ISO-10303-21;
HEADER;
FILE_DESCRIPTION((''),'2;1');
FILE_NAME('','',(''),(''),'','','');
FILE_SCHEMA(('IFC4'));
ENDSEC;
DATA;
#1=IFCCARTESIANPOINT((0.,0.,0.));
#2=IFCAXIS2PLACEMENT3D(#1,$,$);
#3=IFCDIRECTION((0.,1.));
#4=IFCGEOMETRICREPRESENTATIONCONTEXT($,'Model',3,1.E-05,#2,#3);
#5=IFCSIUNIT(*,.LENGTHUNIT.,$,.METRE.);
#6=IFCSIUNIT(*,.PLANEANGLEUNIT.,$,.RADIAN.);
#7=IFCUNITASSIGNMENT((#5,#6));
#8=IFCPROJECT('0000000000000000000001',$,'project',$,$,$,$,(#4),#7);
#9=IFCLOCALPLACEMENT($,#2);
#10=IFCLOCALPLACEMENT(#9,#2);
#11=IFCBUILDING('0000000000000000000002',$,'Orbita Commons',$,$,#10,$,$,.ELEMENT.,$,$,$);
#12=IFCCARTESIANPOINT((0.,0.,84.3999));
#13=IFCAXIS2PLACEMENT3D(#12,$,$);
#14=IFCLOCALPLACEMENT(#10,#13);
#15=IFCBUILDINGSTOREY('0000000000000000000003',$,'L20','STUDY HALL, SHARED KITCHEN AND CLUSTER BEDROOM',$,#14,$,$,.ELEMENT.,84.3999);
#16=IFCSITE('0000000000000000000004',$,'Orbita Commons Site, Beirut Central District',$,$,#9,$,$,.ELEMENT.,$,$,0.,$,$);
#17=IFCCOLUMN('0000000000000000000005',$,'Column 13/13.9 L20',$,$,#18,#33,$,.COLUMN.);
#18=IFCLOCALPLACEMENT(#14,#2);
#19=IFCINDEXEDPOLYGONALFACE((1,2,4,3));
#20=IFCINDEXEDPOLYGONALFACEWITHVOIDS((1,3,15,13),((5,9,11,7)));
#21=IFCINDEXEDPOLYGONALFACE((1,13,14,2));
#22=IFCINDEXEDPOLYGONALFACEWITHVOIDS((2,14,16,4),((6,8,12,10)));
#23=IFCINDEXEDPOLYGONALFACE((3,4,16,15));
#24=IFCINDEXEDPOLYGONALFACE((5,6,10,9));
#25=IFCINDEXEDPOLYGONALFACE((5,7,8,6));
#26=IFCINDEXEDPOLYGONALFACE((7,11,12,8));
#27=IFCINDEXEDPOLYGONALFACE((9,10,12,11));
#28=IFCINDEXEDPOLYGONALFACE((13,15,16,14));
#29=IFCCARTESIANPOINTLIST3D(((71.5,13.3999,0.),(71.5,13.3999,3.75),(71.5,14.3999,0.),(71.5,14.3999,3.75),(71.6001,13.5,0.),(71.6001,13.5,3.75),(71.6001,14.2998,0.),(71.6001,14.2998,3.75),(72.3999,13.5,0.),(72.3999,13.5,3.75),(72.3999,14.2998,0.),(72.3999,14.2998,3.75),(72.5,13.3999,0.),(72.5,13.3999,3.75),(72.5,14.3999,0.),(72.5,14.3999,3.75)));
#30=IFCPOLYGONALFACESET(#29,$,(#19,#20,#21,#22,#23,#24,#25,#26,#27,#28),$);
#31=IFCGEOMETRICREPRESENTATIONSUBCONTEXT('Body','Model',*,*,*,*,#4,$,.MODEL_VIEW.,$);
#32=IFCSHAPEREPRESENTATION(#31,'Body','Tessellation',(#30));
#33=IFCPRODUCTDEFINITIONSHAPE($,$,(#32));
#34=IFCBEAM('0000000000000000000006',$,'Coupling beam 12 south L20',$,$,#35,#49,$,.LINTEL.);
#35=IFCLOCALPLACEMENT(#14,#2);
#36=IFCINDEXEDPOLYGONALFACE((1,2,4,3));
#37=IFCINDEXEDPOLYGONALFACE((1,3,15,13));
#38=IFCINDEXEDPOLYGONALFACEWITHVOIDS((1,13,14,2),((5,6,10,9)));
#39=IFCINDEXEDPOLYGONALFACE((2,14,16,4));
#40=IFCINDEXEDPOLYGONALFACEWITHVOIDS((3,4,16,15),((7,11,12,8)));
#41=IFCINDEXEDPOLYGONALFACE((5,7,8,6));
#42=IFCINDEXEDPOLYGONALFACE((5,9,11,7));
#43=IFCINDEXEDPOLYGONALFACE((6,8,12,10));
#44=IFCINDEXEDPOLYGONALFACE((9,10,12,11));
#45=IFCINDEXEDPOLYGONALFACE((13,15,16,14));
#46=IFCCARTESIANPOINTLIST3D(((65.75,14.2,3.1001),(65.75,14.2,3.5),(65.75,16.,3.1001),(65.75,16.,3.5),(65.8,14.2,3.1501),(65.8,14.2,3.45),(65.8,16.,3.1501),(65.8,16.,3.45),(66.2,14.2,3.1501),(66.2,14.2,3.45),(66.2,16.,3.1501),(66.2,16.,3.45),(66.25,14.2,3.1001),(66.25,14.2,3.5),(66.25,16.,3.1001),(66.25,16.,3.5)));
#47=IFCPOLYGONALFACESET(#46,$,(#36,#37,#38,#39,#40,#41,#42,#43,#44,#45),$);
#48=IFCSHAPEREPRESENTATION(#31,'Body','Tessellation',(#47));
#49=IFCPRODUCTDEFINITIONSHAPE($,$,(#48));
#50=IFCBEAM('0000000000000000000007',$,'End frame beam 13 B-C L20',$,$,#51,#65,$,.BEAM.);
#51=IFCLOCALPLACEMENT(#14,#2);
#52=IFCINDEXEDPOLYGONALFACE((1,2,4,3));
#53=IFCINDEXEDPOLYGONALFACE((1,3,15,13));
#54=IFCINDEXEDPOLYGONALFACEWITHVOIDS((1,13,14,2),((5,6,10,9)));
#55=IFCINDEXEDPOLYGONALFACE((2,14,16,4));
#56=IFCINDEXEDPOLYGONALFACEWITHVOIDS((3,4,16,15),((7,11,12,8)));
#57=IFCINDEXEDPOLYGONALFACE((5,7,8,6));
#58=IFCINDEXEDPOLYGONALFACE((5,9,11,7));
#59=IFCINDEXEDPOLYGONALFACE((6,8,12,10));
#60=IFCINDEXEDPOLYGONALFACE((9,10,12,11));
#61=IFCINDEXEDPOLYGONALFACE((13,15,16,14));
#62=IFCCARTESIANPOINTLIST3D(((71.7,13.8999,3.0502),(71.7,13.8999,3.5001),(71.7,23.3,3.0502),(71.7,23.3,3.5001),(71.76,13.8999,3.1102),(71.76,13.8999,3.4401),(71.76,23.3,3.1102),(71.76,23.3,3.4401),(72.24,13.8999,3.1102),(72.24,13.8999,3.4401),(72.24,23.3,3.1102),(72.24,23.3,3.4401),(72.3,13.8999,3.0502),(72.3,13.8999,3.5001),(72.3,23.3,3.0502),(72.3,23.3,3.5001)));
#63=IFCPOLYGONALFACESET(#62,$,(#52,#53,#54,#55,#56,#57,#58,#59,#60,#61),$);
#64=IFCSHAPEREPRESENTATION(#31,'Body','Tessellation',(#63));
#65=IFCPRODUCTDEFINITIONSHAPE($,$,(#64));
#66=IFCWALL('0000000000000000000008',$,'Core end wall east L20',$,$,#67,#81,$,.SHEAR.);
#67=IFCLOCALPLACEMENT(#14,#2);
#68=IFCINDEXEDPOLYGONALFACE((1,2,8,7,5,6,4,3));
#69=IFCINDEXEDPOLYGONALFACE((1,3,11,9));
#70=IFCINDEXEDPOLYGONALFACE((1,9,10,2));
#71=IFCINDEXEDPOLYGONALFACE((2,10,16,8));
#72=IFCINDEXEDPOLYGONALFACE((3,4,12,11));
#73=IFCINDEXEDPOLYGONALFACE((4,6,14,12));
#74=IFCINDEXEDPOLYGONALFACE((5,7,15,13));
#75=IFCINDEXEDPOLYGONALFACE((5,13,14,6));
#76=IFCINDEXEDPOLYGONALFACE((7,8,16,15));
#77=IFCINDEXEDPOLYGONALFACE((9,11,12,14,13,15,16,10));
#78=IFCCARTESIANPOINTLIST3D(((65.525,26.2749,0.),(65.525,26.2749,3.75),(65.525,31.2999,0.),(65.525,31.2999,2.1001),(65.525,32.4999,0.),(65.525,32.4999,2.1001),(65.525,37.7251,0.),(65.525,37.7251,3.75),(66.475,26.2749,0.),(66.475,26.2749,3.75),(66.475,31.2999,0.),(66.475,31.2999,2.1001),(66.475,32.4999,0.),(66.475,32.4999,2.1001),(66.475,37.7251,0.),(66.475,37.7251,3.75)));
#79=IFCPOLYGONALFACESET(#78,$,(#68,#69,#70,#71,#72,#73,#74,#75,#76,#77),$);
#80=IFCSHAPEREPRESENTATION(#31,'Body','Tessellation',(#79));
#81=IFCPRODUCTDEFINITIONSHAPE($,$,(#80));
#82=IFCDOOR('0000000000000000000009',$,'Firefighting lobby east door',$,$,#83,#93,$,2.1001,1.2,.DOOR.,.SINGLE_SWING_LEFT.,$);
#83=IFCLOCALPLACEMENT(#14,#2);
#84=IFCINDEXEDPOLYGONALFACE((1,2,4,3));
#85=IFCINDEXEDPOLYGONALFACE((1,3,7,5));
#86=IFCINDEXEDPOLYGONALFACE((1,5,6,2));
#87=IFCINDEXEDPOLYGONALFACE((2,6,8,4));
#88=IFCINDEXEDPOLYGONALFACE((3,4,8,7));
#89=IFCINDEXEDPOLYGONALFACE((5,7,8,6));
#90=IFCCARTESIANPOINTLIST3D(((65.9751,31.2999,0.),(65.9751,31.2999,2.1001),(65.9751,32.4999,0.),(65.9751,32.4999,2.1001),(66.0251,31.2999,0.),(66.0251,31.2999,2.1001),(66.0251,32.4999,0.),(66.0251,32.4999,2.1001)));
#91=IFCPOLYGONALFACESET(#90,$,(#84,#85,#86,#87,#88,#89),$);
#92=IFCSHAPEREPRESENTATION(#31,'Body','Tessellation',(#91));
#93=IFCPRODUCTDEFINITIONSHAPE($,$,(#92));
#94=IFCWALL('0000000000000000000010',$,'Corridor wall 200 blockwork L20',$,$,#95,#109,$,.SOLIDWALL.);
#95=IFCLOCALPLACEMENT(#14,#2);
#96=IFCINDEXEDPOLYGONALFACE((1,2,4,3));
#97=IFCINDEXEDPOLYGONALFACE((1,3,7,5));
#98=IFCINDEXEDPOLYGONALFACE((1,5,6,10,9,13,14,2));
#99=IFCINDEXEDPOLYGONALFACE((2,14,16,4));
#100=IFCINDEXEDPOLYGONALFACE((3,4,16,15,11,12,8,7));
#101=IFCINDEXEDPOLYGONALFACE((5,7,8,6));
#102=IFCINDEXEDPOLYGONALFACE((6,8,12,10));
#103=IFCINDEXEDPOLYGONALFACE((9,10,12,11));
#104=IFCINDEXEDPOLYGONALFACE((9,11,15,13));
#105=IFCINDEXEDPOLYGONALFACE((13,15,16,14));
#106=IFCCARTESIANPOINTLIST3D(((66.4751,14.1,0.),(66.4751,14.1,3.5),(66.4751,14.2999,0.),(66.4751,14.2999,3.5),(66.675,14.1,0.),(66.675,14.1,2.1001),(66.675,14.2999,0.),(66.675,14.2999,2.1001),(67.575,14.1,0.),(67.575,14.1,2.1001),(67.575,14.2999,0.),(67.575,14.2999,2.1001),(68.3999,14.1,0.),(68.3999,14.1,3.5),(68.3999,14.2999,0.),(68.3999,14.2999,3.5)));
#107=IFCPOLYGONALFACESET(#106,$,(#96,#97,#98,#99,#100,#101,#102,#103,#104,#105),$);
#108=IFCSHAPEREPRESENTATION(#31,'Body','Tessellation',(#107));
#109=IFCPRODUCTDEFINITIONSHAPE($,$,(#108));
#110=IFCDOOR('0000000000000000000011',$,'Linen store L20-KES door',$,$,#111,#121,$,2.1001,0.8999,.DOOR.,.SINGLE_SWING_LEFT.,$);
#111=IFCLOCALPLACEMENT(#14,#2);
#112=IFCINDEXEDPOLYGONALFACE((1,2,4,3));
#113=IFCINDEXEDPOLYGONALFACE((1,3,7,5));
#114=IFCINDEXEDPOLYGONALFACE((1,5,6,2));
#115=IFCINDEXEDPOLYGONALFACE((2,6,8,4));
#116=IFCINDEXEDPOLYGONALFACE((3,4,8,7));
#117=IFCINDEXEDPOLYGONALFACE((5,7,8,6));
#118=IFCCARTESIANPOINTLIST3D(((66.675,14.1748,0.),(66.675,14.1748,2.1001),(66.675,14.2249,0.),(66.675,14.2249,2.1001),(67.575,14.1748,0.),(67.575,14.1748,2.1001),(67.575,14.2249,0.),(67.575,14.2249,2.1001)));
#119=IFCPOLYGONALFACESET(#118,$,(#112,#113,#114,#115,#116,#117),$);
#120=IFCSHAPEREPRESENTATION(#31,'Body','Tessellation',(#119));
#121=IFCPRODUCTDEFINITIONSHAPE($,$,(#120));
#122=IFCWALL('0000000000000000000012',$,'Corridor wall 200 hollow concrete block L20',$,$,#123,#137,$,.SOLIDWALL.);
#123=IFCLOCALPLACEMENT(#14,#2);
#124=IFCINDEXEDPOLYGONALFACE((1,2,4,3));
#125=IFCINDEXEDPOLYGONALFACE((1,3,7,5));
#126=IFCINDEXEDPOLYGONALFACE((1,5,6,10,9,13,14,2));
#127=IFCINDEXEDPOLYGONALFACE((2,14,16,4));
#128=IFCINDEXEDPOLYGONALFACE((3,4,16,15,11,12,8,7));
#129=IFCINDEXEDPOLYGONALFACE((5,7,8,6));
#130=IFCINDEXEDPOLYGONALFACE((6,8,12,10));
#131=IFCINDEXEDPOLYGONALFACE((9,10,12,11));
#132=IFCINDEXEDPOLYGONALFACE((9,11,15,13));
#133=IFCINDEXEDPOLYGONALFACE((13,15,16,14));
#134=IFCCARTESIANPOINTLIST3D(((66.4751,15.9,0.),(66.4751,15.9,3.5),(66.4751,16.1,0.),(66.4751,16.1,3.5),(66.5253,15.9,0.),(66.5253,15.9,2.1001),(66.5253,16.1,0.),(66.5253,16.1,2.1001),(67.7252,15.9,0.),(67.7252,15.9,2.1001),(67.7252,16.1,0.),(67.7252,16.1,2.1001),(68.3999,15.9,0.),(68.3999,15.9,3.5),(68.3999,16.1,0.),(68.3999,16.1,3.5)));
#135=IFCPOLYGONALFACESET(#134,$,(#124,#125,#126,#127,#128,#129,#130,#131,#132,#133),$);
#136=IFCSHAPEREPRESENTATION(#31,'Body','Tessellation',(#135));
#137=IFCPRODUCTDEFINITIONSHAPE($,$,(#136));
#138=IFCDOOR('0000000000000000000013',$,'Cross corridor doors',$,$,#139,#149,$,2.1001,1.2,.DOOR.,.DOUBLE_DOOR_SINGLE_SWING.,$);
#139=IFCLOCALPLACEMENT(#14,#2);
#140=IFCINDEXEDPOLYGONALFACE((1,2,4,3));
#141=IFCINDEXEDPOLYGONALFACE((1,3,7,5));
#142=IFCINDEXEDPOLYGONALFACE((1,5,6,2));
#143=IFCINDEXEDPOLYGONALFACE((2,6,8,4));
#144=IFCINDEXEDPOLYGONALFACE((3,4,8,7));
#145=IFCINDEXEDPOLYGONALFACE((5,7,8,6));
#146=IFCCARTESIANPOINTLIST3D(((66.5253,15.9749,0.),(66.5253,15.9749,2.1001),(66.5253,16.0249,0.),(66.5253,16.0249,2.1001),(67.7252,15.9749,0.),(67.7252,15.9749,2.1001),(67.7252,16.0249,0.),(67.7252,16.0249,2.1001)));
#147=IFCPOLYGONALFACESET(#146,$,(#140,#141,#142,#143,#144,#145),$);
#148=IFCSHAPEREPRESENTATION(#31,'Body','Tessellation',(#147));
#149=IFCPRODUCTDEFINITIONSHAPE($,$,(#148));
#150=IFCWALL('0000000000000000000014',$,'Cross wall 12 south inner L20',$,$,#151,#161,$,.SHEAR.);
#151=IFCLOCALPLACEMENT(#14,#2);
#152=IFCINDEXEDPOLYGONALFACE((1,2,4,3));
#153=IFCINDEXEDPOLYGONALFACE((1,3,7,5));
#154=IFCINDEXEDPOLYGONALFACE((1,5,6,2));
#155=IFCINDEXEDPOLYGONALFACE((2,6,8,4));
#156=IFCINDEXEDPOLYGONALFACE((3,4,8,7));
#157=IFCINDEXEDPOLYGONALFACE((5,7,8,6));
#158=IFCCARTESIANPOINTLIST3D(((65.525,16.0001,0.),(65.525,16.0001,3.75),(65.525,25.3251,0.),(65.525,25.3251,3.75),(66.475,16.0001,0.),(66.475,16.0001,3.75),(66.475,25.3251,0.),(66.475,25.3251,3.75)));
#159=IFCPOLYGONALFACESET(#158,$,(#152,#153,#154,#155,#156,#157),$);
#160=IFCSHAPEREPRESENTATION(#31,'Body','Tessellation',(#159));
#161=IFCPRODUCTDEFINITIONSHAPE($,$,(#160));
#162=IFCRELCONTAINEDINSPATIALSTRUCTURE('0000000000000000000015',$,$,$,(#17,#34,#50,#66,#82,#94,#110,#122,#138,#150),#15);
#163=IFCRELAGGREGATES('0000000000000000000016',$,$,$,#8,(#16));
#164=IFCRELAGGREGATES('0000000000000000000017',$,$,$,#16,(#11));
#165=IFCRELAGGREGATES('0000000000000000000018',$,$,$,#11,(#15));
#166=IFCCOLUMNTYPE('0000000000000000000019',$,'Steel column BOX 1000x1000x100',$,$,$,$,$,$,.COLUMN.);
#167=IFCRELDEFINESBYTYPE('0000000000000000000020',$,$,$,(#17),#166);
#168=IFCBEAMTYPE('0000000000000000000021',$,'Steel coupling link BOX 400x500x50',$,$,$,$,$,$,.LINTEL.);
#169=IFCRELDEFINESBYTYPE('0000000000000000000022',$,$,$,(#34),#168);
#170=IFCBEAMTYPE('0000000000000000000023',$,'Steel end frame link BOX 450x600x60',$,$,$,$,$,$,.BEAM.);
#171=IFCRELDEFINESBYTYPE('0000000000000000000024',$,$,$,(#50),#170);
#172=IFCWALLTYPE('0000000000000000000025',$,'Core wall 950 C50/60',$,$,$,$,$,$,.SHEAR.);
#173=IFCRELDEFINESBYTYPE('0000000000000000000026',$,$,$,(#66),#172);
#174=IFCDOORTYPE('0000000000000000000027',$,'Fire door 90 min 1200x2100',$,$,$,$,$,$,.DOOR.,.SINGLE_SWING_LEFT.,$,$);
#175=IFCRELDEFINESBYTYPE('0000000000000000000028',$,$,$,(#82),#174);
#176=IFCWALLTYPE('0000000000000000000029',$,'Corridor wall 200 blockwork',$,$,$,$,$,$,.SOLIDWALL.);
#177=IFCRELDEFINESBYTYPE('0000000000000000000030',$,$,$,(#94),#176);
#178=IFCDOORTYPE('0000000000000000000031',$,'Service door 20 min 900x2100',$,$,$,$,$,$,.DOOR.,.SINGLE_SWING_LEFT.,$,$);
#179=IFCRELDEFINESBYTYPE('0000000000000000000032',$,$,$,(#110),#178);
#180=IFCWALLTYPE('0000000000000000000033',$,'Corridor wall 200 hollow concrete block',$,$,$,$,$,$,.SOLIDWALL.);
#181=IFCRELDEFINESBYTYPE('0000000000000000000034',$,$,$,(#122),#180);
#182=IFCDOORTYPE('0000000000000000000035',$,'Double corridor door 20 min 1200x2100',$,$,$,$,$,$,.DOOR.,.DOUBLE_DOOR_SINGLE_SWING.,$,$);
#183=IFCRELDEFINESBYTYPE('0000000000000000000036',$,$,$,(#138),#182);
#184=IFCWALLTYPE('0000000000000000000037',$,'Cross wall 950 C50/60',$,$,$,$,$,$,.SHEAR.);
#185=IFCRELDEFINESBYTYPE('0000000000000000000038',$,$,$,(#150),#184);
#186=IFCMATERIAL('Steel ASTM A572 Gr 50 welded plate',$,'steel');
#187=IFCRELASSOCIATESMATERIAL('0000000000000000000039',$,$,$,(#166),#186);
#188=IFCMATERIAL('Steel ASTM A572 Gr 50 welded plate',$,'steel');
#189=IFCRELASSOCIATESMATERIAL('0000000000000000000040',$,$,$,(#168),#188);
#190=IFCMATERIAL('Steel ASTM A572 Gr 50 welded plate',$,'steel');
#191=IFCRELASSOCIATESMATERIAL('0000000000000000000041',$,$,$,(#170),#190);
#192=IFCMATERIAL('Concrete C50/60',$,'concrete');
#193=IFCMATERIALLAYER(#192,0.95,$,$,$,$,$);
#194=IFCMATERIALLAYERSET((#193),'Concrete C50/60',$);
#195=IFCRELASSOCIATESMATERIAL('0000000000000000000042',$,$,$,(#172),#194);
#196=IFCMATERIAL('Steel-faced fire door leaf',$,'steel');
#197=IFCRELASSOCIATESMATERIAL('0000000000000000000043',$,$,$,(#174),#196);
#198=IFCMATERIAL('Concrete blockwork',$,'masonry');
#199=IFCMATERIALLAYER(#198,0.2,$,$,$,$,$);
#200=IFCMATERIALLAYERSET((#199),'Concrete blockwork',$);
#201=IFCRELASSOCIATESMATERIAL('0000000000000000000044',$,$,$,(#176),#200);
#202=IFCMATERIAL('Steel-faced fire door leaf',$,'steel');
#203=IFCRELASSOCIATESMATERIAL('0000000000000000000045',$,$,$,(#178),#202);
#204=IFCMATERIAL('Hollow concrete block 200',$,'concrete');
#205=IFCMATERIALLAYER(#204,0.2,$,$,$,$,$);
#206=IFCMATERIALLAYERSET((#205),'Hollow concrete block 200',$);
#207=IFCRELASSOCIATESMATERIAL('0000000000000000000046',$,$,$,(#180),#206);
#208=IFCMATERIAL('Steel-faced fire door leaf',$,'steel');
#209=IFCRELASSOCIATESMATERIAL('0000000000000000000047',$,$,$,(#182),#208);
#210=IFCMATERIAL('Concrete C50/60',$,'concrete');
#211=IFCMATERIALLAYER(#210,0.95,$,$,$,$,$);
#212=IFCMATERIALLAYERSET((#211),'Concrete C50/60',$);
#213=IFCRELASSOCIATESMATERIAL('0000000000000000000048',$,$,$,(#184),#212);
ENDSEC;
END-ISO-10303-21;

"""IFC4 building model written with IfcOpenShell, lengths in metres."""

from ifc_helpers import new_model, si_unit, direction, frame, frame_2d, origin, origin_2d, place, context, subcontext, project, spatial, rectangle, hollow_rectangle, extrude, material, layer, layer_set, material_profile, profile_set, type_object, element, fill, save


model = new_model("IFC4")

# Units and contexts
model_context = context("Model", 3, precision=1e-05, world=origin(), true_north=direction((0.0, 1.0)))
body_context = subcontext(model_context, "Body", "Model", "MODEL_VIEW")
ifc_project = project(units=[si_unit("LENGTHUNIT", "METRE"), si_unit("PLANEANGLEUNIT", "RADIAN")], contexts=[model_context])

# Site, building, storey
site_placement = place(None, origin())
site = spatial("IfcSite", under=ifc_project, at=site_placement, Name="Orbita Commons Site, Beirut Central District", CompositionType="ELEMENT", RefElevation=0.0)
building_placement = place(site_placement, origin())
building = spatial("IfcBuilding", under=site, at=building_placement, Name="Orbita Commons", CompositionType="ELEMENT")
storey_placement = place(building_placement, frame((0.0, 0.0, 84.3999)))
storey = spatial("IfcBuildingStorey", under=building, at=storey_placement, Name="L20", Description="STUDY HALL, SHARED KITCHEN AND CLUSTER BEDROOM", CompositionType="ELEMENT", Elevation=84.3999)

# Column
ifc_material_1 = material(Name="Steel ASTM A572 Gr 50 welded plate", Category="steel")
ifc_material_profile_1 = material_profile(ifc_material_1, hollow_rectangle(XDim=1.0, YDim=1.0, WallThickness=0.1001, at=origin_2d()), Name="BOX 1000x1000x100")
ifc_profile_set_1 = profile_set([ifc_material_profile_1], Name="Steel ASTM A572 Gr 50 welded plate")
column_type = type_object("IfcColumnType", Name="Steel column BOX 1000x1000x100", PredefinedType="COLUMN", material=ifc_profile_set_1)
column_placement = place(storey_placement, frame((72.0, 13.8999, 0.0), z_axis=(0.0, 0.0, 1.0), x_axis=(1.0, 0.0, 0.0)))
element("IfcColumn", 1, at=column_placement, inside=storey, type_object=column_type, Name="Column 13/13.9 L20", PredefinedType="COLUMN", context=body_context, shape_type="SweptSolid", body=[
    extrude(hollow_rectangle(XDim=1.0, YDim=1.0, WallThickness=0.1001, at=origin_2d()), origin(), (0.0, 0.0, 1.0), 3.75),
])

# Beams
ifc_material_2 = material(Name="Steel ASTM A572 Gr 50 welded plate", Category="steel")
ifc_material_profile_2 = material_profile(ifc_material_2, hollow_rectangle(XDim=0.5, YDim=0.3999, WallThickness=0.05, at=origin_2d()), Name="BOX 400x500x50")
ifc_profile_set_2 = profile_set([ifc_material_profile_2], Name="Steel ASTM A572 Gr 50 welded plate")
beam_type_1 = type_object("IfcBeamType", Name="Steel coupling link BOX 400x500x50", PredefinedType="LINTEL", material=ifc_profile_set_2)
beam_1_placement = place(storey_placement, frame((66.0, 14.2, 3.3), z_axis=(0.0, 1.0, 0.0), x_axis=(-1.0, 0.0, 0.0)))
element("IfcBeam", 2, at=beam_1_placement, inside=storey, type_object=beam_type_1, Name="Coupling beam 12 south L20", PredefinedType="LINTEL", context=body_context, shape_type="SweptSolid", body=[
    extrude(hollow_rectangle(XDim=0.5, YDim=0.3999, WallThickness=0.05, at=origin_2d()), origin(), (0.0, 0.0, 1.0), 1.8),
])
ifc_material_3 = material(Name="Steel ASTM A572 Gr 50 welded plate", Category="steel")
ifc_material_profile_3 = material_profile(ifc_material_3, hollow_rectangle(XDim=0.6001, YDim=0.45, WallThickness=0.0601, at=origin_2d()), Name="BOX 450x600x60")
ifc_profile_set_3 = profile_set([ifc_material_profile_3], Name="Steel ASTM A572 Gr 50 welded plate")
beam_type_2 = type_object("IfcBeamType", Name="Steel end frame link BOX 450x600x60", PredefinedType="BEAM", material=ifc_profile_set_3)
beam_2_placement = place(storey_placement, frame((72.0, 13.8999, 3.2751), z_axis=(0.0, 1.0, 0.0), x_axis=(-1.0, 0.0, 0.0)))
element("IfcBeam", 3, at=beam_2_placement, inside=storey, type_object=beam_type_2, Name="End frame beam 13 B-C L20", PredefinedType="BEAM", context=body_context, shape_type="SweptSolid", body=[
    extrude(hollow_rectangle(XDim=0.6001, YDim=0.45, WallThickness=0.0601, at=origin_2d()), origin(), (0.0, 0.0, 1.0), 9.4001),
])

# Walls, openings, doors
ifc_material_4 = material(Name="Concrete C50/60", Category="concrete")
ifc_layer_1 = layer(ifc_material_4, 0.95)
ifc_layer_set_1 = layer_set([ifc_layer_1], Name="Concrete C50/60")
wall_type_1 = type_object("IfcWallType", Name="Core wall 950 C50/60", PredefinedType="SHEAR", material=ifc_layer_set_1)
wall_1_placement = place(storey_placement, frame((66.0, 26.2749, 0.0), z_axis=(0.0, 0.0, 1.0), x_axis=(0.0, 1.0, 0.0)))
wall_1 = element("IfcWall", 4, at=wall_1_placement, inside=storey, type_object=wall_type_1, Name="Core end wall east L20", PredefinedType="SHEAR", context=body_context, shape_type="SweptSolid", body=[
    extrude(rectangle(XDim=11.4502, YDim=0.95, at=frame_2d((5.7251, 0.0))), origin(), (0.0, 0.0, 1.0), 3.75),
])
opening_1_placement = place(wall_1_placement, frame((5.0249, 0.0, 0.0)))
opening_1 = element("IfcOpeningElement", 5, at=opening_1_placement, cuts=wall_1, PredefinedType="OPENING", context=body_context, shape_type="SweptSolid", body=[
    extrude(rectangle(XDim=1.2, YDim=2.1001, at=frame_2d((0.6001, 1.05))), frame((0.0, 0.4849, 0.0), z_axis=(0.0, -1.0, 0.0), x_axis=(1.0, 0.0, 0.0)), (0.0, 0.0, 1.0), 0.97),
])
ifc_material_5 = material(Name="Steel-faced fire door leaf", Category="steel")
door_type_1 = type_object("IfcDoorType", Name="Fire door 90 min 1200x2100", OperationType="SINGLE_SWING_LEFT", PredefinedType="DOOR", material=ifc_material_5)
door_1_placement = place(opening_1_placement, origin())
door_1 = element("IfcDoor", 6, at=door_1_placement, inside=storey, type_object=door_type_1, Name="Firefighting lobby east door", OperationType="SINGLE_SWING_LEFT", OverallHeight=2.1001, OverallWidth=1.2, PredefinedType="DOOR", context=body_context, shape_type="SweptSolid", body=[
    extrude(rectangle(XDim=1.2, YDim=2.1001, at=frame_2d((0.6001, 1.05))), frame((0.0, 0.0249, 0.0), z_axis=(0.0, -1.0, 0.0), x_axis=(1.0, 0.0, 0.0)), (0.0, 0.0, 1.0), 0.05),
])
fill(opening_1, door_1)
ifc_material_6 = material(Name="Concrete blockwork", Category="masonry")
ifc_layer_2 = layer(ifc_material_6, 0.2)
ifc_layer_set_2 = layer_set([ifc_layer_2], Name="Concrete blockwork")
wall_type_2 = type_object("IfcWallType", Name="Corridor wall 200 blockwork", PredefinedType="SOLIDWALL", material=ifc_layer_set_2)
wall_2_placement = place(storey_placement, frame((66.4751, 14.2, 0.0), z_axis=(0.0, 0.0, 1.0), x_axis=(1.0, 0.0, 0.0)))
wall_2 = element("IfcWall", 7, at=wall_2_placement, inside=storey, type_object=wall_type_2, Name="Corridor wall 200 blockwork L20", PredefinedType="SOLIDWALL", context=body_context, shape_type="SweptSolid", body=[
    extrude(rectangle(XDim=1.9248, YDim=0.2, at=frame_2d((0.9624, 0.0))), origin(), (0.0, 0.0, 1.0), 3.5),
])
opening_2_placement = place(wall_2_placement, frame((0.2, 0.0, 0.0)))
opening_2 = element("IfcOpeningElement", 8, at=opening_2_placement, cuts=wall_2, PredefinedType="OPENING", context=body_context, shape_type="SweptSolid", body=[
    extrude(rectangle(XDim=0.8999, YDim=2.1001, at=frame_2d((0.45, 1.05))), frame((0.0, 0.1099, 0.0), z_axis=(0.0, -1.0, 0.0), x_axis=(1.0, 0.0, 0.0)), (0.0, 0.0, 1.0), 0.22),
])
ifc_material_7 = material(Name="Steel-faced fire door leaf", Category="steel")
door_type_2 = type_object("IfcDoorType", Name="Service door 20 min 900x2100", OperationType="SINGLE_SWING_LEFT", PredefinedType="DOOR", material=ifc_material_7)
door_2_placement = place(opening_2_placement, origin())
door_2 = element("IfcDoor", 9, at=door_2_placement, inside=storey, type_object=door_type_2, Name="Linen store L20-KES door", OperationType="SINGLE_SWING_LEFT", OverallHeight=2.1001, OverallWidth=0.8999, PredefinedType="DOOR", context=body_context, shape_type="SweptSolid", body=[
    extrude(rectangle(XDim=0.8999, YDim=2.1001, at=frame_2d((0.45, 1.05))), frame((0.0, 0.0249, 0.0), z_axis=(0.0, -1.0, 0.0), x_axis=(1.0, 0.0, 0.0)), (0.0, 0.0, 1.0), 0.05),
])
fill(opening_2, door_2)
ifc_material_8 = material(Name="Hollow concrete block 200", Category="concrete")
ifc_layer_3 = layer(ifc_material_8, 0.2)
ifc_layer_set_3 = layer_set([ifc_layer_3], Name="Hollow concrete block 200")
wall_type_3 = type_object("IfcWallType", Name="Corridor wall 200 hollow concrete block", PredefinedType="SOLIDWALL", material=ifc_layer_set_3)
wall_3_placement = place(storey_placement, frame((66.4751, 16.0, 0.0), z_axis=(0.0, 0.0, 1.0), x_axis=(1.0, 0.0, 0.0)))
wall_3 = element("IfcWall", 10, at=wall_3_placement, inside=storey, type_object=wall_type_3, Name="Corridor wall 200 hollow concrete block L20", PredefinedType="SOLIDWALL", context=body_context, shape_type="SweptSolid", body=[
    extrude(rectangle(XDim=1.9248, YDim=0.2, at=frame_2d((0.9624, 0.0))), origin(), (0.0, 0.0, 1.0), 3.5),
])
opening_3_placement = place(wall_3_placement, frame((0.05, 0.0, 0.0)))
opening_3 = element("IfcOpeningElement", 11, at=opening_3_placement, cuts=wall_3, PredefinedType="OPENING", context=body_context, shape_type="SweptSolid", body=[
    extrude(rectangle(XDim=1.2, YDim=2.1001, at=frame_2d((0.6001, 1.05))), frame((0.0, 0.1099, 0.0), z_axis=(0.0, -1.0, 0.0), x_axis=(1.0, 0.0, 0.0)), (0.0, 0.0, 1.0), 0.22),
])
ifc_material_9 = material(Name="Steel-faced fire door leaf", Category="steel")
door_type_3 = type_object("IfcDoorType", Name="Double corridor door 20 min 1200x2100", OperationType="DOUBLE_DOOR_SINGLE_SWING", PredefinedType="DOOR", material=ifc_material_9)
door_3_placement = place(opening_3_placement, origin())
door_3 = element("IfcDoor", 12, at=door_3_placement, inside=storey, type_object=door_type_3, Name="Cross corridor doors", OperationType="DOUBLE_DOOR_SINGLE_SWING", OverallHeight=2.1001, OverallWidth=1.2, PredefinedType="DOOR", context=body_context, shape_type="SweptSolid", body=[
    extrude(rectangle(XDim=1.2, YDim=2.1001, at=frame_2d((0.6001, 1.05))), frame((0.0, 0.0249, 0.0), z_axis=(0.0, -1.0, 0.0), x_axis=(1.0, 0.0, 0.0)), (0.0, 0.0, 1.0), 0.05),
])
fill(opening_3, door_3)

# Wall
ifc_material_10 = material(Name="Concrete C50/60", Category="concrete")
ifc_layer_4 = layer(ifc_material_10, 0.95)
ifc_layer_set_4 = layer_set([ifc_layer_4], Name="Concrete C50/60")
wall_type_4 = type_object("IfcWallType", Name="Cross wall 950 C50/60", PredefinedType="SHEAR", material=ifc_layer_set_4)
wall_4_placement = place(storey_placement, frame((66.0, 16.0, 0.0), z_axis=(0.0, 0.0, 1.0), x_axis=(0.0, 1.0, 0.0)))
element("IfcWall", 13, at=wall_4_placement, inside=storey, type_object=wall_type_4, Name="Cross wall 12 south inner L20", PredefinedType="SHEAR", context=body_context, shape_type="SweptSolid", body=[
    extrude(rectangle(XDim=9.325, YDim=0.95, at=frame_2d((4.6626, 0.0))), origin(), (0.0, 0.0, 1.0), 3.75),
])

save(model, "model.ifc")
